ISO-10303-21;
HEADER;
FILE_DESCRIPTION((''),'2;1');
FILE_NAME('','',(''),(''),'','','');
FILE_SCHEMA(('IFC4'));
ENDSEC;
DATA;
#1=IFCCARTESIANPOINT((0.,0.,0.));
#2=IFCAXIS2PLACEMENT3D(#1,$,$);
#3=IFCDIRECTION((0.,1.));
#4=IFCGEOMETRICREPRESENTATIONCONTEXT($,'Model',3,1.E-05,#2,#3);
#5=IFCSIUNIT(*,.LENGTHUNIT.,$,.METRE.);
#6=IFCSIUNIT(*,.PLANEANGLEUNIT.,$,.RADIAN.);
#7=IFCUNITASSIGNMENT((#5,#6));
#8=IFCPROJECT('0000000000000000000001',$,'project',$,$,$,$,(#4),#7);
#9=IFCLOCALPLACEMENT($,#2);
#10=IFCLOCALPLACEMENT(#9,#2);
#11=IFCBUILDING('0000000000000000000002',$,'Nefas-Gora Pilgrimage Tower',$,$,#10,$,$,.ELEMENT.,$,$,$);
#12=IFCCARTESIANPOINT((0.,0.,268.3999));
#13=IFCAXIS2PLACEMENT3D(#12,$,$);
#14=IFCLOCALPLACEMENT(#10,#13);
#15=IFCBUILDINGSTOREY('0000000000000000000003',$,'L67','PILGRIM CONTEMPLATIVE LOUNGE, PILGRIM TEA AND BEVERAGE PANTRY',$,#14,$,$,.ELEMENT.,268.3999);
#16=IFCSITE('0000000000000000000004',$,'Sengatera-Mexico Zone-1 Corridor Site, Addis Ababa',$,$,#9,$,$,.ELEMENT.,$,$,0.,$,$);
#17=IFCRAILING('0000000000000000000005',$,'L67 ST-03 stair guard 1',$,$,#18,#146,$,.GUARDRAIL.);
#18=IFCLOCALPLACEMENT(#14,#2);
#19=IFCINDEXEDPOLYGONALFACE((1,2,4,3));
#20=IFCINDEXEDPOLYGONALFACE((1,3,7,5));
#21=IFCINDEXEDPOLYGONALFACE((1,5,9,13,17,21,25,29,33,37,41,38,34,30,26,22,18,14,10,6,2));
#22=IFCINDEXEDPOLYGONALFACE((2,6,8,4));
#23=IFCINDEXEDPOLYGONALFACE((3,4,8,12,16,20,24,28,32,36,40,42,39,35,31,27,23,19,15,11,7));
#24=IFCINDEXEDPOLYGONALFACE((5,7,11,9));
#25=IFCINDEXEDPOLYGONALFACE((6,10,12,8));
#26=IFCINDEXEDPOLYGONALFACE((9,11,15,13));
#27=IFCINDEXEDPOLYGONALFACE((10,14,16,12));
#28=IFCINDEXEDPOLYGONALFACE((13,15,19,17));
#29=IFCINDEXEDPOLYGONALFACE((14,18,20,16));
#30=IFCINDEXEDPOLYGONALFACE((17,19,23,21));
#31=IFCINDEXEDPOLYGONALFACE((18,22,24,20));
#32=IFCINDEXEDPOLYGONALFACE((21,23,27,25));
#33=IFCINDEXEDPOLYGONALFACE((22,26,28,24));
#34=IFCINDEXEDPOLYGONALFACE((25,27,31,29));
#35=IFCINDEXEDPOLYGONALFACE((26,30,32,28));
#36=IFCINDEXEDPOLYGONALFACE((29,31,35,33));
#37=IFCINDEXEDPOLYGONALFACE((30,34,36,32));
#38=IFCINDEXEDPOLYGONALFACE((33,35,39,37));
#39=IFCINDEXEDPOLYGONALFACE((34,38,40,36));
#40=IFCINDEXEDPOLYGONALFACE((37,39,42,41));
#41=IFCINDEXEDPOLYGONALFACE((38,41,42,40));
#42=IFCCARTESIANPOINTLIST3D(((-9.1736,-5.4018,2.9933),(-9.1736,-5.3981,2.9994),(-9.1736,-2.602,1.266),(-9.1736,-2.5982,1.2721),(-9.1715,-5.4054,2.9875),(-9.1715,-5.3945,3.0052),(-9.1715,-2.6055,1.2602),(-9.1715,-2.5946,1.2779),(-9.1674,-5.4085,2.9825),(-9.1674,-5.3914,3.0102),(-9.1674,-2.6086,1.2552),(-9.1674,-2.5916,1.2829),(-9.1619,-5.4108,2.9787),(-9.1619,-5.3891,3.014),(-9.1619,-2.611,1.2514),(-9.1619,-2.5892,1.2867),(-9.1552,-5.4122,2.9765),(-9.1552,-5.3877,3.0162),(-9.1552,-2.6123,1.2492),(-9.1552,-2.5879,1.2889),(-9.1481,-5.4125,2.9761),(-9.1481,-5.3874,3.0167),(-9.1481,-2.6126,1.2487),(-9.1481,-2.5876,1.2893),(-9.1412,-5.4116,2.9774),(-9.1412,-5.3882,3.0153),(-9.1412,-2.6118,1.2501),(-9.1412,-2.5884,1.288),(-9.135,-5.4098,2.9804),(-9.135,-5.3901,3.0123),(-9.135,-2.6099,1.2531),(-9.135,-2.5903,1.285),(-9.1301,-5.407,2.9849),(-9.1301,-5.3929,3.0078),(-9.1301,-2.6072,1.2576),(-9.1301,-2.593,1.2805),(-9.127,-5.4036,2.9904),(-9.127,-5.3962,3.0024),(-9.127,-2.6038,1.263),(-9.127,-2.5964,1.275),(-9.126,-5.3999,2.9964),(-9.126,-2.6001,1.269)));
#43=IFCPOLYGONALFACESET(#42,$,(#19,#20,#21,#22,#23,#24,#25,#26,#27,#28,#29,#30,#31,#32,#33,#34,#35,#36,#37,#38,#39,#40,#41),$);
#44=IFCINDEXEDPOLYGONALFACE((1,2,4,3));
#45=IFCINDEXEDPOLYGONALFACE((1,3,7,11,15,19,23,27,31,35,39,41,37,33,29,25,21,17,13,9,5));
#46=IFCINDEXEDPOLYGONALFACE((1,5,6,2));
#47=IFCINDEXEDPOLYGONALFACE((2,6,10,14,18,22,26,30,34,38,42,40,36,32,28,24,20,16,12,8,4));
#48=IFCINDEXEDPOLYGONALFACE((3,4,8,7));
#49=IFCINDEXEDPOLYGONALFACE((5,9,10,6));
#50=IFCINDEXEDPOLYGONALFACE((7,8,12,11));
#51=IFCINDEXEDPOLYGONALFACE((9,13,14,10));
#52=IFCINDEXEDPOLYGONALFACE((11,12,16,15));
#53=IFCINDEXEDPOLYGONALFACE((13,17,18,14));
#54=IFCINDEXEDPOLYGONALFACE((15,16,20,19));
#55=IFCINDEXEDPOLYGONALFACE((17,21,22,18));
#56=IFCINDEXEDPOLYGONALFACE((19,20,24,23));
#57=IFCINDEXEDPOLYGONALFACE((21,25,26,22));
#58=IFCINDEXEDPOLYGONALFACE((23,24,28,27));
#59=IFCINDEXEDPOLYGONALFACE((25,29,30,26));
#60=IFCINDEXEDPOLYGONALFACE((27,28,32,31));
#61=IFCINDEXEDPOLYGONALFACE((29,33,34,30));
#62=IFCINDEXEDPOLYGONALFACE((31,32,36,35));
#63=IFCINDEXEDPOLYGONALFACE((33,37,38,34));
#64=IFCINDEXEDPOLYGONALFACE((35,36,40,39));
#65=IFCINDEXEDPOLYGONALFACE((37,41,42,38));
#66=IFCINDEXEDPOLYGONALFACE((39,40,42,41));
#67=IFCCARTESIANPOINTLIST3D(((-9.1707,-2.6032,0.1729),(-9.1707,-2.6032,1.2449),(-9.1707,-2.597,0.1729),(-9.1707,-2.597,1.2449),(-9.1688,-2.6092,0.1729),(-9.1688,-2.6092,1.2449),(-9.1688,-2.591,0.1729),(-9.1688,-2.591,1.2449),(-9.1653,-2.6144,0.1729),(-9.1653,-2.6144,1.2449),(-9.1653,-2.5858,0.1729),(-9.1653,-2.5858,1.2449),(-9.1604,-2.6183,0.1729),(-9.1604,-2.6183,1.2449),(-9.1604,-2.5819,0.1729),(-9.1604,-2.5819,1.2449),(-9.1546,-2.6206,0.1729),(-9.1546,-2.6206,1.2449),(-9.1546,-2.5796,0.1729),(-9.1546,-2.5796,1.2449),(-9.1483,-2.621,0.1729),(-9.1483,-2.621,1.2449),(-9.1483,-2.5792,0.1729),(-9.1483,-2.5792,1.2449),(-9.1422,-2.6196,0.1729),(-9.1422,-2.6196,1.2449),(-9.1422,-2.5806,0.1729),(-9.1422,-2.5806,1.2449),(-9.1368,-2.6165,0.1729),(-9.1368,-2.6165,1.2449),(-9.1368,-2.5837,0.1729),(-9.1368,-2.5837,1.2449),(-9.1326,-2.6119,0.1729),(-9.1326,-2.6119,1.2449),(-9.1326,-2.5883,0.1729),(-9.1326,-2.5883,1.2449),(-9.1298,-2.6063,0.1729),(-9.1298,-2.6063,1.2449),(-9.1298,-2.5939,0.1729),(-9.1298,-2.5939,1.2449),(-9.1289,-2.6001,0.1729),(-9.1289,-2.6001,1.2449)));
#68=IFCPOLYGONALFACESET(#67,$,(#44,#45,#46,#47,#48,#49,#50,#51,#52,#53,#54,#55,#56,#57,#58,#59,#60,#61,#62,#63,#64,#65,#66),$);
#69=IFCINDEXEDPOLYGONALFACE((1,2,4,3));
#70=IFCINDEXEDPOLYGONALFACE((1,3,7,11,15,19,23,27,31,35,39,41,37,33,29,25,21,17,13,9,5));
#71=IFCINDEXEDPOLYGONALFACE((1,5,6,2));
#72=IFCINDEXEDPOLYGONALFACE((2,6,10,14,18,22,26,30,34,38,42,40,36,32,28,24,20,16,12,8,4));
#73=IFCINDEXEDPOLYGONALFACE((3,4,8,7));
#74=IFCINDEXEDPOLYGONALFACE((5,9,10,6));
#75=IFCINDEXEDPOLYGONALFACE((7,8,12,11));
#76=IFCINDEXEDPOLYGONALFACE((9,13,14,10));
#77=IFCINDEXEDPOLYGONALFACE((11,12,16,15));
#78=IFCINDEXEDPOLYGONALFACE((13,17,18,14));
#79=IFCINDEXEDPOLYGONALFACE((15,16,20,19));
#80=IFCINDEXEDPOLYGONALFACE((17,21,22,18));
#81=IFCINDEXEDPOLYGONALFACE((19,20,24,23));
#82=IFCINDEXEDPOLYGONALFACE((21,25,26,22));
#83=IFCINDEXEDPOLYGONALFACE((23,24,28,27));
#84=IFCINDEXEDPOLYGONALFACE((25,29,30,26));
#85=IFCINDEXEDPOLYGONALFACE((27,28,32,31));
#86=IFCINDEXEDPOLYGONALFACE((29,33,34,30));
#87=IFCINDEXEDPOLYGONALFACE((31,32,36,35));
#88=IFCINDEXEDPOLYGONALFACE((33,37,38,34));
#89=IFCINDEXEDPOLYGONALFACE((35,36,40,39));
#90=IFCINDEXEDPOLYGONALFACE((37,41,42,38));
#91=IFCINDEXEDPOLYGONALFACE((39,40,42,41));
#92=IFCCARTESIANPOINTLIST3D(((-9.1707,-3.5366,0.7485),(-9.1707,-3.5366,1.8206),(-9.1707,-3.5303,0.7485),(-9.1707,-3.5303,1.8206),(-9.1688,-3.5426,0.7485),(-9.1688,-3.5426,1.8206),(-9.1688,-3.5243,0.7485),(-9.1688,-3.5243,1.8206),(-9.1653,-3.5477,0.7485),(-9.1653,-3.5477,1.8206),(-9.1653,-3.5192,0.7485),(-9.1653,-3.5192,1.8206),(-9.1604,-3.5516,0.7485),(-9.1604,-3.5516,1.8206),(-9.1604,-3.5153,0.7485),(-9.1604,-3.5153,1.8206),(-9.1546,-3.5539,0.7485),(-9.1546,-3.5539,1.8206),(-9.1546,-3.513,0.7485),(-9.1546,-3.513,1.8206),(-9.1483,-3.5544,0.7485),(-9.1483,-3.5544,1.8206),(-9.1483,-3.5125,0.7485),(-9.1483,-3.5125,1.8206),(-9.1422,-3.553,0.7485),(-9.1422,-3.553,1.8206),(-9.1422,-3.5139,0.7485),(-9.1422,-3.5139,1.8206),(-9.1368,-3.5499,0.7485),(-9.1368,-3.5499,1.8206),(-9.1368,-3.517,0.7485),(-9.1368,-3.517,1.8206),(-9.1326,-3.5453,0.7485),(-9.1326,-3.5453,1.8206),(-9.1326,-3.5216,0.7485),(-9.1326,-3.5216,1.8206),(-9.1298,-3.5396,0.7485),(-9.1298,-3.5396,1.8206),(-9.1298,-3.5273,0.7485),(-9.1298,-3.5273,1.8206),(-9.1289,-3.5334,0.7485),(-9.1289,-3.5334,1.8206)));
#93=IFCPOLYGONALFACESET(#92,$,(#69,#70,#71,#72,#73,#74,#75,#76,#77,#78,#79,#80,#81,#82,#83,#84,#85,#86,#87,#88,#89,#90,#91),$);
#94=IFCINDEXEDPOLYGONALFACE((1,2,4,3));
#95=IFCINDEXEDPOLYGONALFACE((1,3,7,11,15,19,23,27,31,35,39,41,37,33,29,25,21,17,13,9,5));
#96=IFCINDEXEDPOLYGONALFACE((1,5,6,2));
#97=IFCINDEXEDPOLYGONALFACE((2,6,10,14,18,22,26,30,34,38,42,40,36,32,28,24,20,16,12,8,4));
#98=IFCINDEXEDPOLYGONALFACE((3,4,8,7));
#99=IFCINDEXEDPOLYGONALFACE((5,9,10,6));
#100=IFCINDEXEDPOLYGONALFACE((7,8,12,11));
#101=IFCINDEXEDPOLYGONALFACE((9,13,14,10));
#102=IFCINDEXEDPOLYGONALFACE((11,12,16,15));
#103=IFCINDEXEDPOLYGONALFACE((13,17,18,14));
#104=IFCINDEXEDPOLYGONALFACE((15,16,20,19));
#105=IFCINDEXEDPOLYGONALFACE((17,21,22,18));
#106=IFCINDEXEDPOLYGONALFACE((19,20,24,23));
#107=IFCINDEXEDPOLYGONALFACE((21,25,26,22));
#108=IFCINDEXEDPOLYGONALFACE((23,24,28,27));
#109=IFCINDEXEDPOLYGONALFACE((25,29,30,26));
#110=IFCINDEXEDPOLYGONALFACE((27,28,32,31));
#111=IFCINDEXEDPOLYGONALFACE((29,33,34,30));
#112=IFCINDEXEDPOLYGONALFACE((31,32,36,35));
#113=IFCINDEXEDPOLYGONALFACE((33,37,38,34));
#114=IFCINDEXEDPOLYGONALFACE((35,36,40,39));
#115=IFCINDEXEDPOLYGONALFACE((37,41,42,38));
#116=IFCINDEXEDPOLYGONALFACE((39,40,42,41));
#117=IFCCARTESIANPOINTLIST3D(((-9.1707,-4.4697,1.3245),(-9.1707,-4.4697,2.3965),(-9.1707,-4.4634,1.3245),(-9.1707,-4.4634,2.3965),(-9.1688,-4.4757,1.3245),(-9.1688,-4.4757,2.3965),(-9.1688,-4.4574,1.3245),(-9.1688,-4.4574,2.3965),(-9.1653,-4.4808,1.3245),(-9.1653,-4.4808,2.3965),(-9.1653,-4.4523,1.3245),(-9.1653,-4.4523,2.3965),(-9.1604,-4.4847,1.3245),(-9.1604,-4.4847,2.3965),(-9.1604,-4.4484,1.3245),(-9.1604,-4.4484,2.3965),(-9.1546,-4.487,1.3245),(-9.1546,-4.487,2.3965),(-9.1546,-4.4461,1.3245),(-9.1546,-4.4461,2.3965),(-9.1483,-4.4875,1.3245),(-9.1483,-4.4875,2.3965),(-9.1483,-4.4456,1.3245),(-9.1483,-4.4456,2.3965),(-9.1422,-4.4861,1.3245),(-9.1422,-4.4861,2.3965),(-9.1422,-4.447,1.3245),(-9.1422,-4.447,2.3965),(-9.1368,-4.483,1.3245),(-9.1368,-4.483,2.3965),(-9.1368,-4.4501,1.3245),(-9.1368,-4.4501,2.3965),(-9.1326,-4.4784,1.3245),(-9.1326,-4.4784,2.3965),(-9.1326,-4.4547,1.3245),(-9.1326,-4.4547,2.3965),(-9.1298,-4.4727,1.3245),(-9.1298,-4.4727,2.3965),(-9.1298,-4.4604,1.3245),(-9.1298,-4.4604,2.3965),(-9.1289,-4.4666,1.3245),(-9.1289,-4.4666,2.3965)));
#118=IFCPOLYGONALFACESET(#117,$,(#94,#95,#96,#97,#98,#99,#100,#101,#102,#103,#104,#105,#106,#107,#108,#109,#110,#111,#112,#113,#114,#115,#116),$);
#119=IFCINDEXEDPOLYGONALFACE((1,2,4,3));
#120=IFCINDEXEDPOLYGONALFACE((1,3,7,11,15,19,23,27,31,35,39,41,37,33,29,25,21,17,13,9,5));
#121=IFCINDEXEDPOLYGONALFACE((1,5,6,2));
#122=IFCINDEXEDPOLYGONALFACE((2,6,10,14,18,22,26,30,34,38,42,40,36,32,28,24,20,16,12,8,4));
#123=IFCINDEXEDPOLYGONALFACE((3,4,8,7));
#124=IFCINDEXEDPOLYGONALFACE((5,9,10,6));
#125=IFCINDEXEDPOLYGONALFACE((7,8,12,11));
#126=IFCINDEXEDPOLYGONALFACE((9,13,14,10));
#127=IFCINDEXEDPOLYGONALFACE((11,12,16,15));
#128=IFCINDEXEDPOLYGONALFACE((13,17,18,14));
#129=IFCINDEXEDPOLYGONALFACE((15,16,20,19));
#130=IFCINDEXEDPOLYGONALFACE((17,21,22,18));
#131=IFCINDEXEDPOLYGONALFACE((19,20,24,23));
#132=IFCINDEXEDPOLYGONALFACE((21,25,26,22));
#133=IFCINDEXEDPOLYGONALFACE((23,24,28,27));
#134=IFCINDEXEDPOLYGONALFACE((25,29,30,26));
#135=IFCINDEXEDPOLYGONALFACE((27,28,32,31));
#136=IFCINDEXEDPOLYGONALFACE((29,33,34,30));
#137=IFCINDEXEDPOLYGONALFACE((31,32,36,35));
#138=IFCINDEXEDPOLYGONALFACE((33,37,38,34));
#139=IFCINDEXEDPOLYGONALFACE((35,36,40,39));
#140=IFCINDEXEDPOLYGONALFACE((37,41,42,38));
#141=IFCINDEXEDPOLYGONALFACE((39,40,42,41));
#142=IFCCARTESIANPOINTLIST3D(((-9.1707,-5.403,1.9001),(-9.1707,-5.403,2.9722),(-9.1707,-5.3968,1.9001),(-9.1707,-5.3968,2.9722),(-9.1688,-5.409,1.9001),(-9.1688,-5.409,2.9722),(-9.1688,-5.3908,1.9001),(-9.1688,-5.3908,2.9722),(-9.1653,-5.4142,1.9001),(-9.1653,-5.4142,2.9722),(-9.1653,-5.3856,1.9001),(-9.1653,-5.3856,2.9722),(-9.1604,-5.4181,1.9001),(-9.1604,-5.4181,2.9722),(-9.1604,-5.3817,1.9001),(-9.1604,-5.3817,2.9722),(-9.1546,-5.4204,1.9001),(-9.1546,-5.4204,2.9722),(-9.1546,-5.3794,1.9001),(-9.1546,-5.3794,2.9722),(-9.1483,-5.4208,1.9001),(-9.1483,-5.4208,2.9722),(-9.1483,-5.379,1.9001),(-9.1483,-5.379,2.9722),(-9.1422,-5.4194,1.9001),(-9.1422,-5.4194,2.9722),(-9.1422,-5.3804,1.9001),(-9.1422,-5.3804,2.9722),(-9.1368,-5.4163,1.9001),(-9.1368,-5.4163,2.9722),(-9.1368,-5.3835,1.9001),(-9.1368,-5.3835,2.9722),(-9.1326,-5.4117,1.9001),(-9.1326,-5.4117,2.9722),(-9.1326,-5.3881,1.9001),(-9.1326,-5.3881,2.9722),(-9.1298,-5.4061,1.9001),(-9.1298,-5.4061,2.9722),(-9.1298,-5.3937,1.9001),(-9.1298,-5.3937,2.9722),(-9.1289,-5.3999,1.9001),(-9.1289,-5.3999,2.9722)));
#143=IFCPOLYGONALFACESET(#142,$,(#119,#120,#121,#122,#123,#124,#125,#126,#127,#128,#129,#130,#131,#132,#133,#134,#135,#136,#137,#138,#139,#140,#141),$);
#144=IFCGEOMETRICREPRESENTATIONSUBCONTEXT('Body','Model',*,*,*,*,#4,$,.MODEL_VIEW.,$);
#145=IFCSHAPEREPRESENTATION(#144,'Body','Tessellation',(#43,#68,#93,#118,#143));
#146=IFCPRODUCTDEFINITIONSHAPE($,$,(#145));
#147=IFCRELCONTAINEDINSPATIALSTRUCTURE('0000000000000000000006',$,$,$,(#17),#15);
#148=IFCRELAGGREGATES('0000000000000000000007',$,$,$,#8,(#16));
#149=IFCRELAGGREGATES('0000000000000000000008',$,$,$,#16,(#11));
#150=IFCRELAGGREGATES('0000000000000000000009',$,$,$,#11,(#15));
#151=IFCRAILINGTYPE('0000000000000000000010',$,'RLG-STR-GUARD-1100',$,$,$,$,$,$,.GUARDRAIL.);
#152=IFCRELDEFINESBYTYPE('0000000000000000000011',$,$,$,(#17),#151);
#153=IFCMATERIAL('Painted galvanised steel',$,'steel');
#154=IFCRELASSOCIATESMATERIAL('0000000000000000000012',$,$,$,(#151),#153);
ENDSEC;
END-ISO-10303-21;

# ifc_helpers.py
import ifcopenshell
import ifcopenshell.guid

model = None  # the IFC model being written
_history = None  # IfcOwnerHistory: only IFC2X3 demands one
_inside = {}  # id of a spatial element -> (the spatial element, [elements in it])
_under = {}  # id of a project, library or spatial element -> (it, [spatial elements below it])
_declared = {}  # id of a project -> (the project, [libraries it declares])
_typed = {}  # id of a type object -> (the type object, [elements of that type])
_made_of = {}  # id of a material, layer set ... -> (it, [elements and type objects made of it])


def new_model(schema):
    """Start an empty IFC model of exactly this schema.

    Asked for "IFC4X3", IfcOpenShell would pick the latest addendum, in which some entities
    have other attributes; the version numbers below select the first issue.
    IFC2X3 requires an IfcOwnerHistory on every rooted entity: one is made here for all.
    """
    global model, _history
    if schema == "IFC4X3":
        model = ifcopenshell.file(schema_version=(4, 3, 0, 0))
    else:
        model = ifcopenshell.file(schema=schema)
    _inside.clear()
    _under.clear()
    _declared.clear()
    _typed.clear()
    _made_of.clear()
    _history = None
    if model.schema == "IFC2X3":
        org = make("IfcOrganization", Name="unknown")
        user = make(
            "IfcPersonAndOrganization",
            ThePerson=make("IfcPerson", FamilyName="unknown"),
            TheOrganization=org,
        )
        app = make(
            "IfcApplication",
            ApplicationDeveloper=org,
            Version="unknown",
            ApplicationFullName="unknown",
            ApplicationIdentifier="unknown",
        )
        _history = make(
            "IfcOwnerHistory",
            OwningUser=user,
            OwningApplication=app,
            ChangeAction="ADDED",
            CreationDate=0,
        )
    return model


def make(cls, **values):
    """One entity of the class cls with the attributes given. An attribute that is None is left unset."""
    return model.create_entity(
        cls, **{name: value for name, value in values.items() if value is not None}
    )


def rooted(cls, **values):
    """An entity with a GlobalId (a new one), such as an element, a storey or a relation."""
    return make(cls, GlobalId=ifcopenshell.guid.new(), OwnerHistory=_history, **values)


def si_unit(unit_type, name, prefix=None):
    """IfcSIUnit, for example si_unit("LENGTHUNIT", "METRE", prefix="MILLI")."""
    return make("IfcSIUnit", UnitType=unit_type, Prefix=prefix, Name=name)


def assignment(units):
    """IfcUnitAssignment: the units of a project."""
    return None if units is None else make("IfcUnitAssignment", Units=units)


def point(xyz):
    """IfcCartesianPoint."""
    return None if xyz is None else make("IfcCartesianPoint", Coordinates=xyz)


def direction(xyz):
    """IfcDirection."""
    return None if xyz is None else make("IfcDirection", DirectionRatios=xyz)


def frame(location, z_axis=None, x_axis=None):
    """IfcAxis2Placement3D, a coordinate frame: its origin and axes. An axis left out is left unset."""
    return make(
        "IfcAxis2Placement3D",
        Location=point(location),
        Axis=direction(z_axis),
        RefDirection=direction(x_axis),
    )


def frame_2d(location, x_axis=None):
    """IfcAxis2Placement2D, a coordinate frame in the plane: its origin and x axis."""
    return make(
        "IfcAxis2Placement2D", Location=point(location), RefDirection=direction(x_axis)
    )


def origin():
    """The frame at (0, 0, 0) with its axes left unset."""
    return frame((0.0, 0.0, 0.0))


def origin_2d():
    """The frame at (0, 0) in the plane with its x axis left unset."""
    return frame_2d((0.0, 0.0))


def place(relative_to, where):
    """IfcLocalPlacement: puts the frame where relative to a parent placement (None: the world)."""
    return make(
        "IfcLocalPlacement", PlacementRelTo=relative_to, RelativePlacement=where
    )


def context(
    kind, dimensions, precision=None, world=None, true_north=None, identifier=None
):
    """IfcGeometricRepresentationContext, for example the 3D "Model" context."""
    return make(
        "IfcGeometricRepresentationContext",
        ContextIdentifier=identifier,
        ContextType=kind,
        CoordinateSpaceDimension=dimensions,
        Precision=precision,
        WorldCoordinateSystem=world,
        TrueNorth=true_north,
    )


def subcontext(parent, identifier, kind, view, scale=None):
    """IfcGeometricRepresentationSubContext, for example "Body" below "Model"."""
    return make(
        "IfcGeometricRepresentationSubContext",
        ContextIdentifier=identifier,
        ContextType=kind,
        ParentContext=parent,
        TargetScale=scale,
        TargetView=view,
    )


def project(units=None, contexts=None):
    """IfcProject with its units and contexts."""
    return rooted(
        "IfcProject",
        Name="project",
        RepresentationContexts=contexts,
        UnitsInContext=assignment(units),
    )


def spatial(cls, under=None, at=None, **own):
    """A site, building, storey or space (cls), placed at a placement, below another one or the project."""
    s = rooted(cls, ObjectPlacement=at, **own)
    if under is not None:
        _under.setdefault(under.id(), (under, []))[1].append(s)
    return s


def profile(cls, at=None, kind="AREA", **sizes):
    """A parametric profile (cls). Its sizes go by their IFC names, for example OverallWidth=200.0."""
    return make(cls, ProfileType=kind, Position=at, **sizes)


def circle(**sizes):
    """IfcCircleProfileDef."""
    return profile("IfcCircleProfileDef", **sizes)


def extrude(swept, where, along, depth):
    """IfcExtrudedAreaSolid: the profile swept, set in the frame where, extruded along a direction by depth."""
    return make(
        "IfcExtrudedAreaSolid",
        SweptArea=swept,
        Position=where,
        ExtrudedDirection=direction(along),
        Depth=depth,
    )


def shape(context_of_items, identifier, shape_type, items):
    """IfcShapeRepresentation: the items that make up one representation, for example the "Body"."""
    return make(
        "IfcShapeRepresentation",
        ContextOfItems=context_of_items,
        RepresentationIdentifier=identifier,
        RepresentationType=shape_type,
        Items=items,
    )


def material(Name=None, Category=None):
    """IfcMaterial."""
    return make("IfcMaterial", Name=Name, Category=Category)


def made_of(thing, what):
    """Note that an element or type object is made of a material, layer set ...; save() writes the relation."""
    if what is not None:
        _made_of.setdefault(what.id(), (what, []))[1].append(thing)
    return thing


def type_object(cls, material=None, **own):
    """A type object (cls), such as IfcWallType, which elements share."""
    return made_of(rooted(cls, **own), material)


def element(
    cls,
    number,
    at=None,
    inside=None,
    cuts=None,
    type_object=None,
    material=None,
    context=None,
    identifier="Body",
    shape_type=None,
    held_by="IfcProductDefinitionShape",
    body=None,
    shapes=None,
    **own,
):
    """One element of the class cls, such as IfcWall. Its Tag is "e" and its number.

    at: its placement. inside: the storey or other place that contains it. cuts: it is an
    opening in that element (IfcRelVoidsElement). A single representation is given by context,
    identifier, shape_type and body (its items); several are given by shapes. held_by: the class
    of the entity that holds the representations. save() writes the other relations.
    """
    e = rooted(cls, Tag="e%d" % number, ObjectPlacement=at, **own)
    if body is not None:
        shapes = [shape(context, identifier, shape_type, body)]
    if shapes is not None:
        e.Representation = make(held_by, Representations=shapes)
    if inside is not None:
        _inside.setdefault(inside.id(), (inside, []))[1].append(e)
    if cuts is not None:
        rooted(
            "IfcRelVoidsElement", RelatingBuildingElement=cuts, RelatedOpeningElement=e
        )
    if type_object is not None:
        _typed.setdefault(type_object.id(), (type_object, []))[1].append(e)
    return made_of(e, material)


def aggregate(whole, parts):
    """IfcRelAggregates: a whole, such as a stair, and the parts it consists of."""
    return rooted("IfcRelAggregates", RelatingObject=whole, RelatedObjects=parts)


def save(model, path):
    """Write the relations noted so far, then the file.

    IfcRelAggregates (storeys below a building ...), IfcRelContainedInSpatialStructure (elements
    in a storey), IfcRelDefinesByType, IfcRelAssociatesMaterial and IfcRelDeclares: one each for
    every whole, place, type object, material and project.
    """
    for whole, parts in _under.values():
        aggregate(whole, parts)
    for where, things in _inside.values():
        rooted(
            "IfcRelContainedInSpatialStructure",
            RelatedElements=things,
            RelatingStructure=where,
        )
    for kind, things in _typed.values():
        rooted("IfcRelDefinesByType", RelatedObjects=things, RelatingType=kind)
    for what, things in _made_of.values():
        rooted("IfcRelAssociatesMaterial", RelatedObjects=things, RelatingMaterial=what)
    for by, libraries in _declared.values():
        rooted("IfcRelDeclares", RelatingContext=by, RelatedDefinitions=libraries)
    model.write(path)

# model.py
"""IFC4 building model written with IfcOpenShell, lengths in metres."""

from ifc_helpers import new_model, si_unit, direction, frame, origin, origin_2d, place, context, subcontext, project, spatial, circle, extrude, material, type_object, element, save


model = new_model("IFC4")

# Units and contexts
model_context = context("Model", 3, precision=1e-05, world=origin(), true_north=direction((0.0, 1.0)))
body_context = subcontext(model_context, "Body", "Model", "MODEL_VIEW")
ifc_project = project(units=[si_unit("LENGTHUNIT", "METRE"), si_unit("PLANEANGLEUNIT", "RADIAN")], contexts=[model_context])

# Site, building, storey
site_placement = place(None, origin())
site = spatial("IfcSite", under=ifc_project, at=site_placement, Name="Sengatera-Mexico Zone-1 Corridor Site, Addis Ababa", CompositionType="ELEMENT", RefElevation=0.0)
building_placement = place(site_placement, origin())
building = spatial("IfcBuilding", under=site, at=building_placement, Name="Nefas-Gora Pilgrimage Tower", CompositionType="ELEMENT")
storey_placement = place(building_placement, frame((0.0, 0.0, 268.3999)))
storey = spatial("IfcBuildingStorey", under=building, at=storey_placement, Name="L67", Description="PILGRIM CONTEMPLATIVE LOUNGE, PILGRIM TEA AND BEVERAGE PANTRY", CompositionType="ELEMENT", Elevation=268.3999)

# Railing
ifc_material_1 = material(Name="Painted galvanised steel", Category="steel")
railing_type_1 = type_object("IfcRailingType", Name="RLG-STR-GUARD-1100", PredefinedType="GUARDRAIL", material=ifc_material_1)
railing_1_placement = place(storey_placement, frame((-9.1499, -2.6001, 0.1729)))
element("IfcRailing", 1, at=railing_1_placement, inside=storey, type_object=railing_type_1, Name="L67 ST-03 stair guard 1", PredefinedType="GUARDRAIL", context=body_context, shape_type="SweptSolid", body=[
    extrude(circle(Radius=0.0239, at=origin_2d()), frame((0.0, 0.0, 1.0962), z_axis=(0.0, -0.851069, 0.525054), x_axis=(1.0, 0.0, 0.0)), (0.0, 0.0, 1.0), 3.2898),
    extrude(circle(Radius=0.021, at=origin_2d()), origin(), (0.0, 0.0, 1.0), 1.072),
    extrude(circle(Radius=0.021, at=origin_2d()), frame((0.0, -0.9333, 0.5757)), (0.0, 0.0, 1.0), 1.072),
    extrude(circle(Radius=0.021, at=origin_2d()), frame((0.0, -1.8665, 1.1516)), (0.0, 0.0, 1.0), 1.072),
    extrude(circle(Radius=0.021, at=origin_2d()), frame((0.0, -2.7998, 1.7273)), (0.0, 0.0, 1.0), 1.072),
])

save(model, "model.ifc")
